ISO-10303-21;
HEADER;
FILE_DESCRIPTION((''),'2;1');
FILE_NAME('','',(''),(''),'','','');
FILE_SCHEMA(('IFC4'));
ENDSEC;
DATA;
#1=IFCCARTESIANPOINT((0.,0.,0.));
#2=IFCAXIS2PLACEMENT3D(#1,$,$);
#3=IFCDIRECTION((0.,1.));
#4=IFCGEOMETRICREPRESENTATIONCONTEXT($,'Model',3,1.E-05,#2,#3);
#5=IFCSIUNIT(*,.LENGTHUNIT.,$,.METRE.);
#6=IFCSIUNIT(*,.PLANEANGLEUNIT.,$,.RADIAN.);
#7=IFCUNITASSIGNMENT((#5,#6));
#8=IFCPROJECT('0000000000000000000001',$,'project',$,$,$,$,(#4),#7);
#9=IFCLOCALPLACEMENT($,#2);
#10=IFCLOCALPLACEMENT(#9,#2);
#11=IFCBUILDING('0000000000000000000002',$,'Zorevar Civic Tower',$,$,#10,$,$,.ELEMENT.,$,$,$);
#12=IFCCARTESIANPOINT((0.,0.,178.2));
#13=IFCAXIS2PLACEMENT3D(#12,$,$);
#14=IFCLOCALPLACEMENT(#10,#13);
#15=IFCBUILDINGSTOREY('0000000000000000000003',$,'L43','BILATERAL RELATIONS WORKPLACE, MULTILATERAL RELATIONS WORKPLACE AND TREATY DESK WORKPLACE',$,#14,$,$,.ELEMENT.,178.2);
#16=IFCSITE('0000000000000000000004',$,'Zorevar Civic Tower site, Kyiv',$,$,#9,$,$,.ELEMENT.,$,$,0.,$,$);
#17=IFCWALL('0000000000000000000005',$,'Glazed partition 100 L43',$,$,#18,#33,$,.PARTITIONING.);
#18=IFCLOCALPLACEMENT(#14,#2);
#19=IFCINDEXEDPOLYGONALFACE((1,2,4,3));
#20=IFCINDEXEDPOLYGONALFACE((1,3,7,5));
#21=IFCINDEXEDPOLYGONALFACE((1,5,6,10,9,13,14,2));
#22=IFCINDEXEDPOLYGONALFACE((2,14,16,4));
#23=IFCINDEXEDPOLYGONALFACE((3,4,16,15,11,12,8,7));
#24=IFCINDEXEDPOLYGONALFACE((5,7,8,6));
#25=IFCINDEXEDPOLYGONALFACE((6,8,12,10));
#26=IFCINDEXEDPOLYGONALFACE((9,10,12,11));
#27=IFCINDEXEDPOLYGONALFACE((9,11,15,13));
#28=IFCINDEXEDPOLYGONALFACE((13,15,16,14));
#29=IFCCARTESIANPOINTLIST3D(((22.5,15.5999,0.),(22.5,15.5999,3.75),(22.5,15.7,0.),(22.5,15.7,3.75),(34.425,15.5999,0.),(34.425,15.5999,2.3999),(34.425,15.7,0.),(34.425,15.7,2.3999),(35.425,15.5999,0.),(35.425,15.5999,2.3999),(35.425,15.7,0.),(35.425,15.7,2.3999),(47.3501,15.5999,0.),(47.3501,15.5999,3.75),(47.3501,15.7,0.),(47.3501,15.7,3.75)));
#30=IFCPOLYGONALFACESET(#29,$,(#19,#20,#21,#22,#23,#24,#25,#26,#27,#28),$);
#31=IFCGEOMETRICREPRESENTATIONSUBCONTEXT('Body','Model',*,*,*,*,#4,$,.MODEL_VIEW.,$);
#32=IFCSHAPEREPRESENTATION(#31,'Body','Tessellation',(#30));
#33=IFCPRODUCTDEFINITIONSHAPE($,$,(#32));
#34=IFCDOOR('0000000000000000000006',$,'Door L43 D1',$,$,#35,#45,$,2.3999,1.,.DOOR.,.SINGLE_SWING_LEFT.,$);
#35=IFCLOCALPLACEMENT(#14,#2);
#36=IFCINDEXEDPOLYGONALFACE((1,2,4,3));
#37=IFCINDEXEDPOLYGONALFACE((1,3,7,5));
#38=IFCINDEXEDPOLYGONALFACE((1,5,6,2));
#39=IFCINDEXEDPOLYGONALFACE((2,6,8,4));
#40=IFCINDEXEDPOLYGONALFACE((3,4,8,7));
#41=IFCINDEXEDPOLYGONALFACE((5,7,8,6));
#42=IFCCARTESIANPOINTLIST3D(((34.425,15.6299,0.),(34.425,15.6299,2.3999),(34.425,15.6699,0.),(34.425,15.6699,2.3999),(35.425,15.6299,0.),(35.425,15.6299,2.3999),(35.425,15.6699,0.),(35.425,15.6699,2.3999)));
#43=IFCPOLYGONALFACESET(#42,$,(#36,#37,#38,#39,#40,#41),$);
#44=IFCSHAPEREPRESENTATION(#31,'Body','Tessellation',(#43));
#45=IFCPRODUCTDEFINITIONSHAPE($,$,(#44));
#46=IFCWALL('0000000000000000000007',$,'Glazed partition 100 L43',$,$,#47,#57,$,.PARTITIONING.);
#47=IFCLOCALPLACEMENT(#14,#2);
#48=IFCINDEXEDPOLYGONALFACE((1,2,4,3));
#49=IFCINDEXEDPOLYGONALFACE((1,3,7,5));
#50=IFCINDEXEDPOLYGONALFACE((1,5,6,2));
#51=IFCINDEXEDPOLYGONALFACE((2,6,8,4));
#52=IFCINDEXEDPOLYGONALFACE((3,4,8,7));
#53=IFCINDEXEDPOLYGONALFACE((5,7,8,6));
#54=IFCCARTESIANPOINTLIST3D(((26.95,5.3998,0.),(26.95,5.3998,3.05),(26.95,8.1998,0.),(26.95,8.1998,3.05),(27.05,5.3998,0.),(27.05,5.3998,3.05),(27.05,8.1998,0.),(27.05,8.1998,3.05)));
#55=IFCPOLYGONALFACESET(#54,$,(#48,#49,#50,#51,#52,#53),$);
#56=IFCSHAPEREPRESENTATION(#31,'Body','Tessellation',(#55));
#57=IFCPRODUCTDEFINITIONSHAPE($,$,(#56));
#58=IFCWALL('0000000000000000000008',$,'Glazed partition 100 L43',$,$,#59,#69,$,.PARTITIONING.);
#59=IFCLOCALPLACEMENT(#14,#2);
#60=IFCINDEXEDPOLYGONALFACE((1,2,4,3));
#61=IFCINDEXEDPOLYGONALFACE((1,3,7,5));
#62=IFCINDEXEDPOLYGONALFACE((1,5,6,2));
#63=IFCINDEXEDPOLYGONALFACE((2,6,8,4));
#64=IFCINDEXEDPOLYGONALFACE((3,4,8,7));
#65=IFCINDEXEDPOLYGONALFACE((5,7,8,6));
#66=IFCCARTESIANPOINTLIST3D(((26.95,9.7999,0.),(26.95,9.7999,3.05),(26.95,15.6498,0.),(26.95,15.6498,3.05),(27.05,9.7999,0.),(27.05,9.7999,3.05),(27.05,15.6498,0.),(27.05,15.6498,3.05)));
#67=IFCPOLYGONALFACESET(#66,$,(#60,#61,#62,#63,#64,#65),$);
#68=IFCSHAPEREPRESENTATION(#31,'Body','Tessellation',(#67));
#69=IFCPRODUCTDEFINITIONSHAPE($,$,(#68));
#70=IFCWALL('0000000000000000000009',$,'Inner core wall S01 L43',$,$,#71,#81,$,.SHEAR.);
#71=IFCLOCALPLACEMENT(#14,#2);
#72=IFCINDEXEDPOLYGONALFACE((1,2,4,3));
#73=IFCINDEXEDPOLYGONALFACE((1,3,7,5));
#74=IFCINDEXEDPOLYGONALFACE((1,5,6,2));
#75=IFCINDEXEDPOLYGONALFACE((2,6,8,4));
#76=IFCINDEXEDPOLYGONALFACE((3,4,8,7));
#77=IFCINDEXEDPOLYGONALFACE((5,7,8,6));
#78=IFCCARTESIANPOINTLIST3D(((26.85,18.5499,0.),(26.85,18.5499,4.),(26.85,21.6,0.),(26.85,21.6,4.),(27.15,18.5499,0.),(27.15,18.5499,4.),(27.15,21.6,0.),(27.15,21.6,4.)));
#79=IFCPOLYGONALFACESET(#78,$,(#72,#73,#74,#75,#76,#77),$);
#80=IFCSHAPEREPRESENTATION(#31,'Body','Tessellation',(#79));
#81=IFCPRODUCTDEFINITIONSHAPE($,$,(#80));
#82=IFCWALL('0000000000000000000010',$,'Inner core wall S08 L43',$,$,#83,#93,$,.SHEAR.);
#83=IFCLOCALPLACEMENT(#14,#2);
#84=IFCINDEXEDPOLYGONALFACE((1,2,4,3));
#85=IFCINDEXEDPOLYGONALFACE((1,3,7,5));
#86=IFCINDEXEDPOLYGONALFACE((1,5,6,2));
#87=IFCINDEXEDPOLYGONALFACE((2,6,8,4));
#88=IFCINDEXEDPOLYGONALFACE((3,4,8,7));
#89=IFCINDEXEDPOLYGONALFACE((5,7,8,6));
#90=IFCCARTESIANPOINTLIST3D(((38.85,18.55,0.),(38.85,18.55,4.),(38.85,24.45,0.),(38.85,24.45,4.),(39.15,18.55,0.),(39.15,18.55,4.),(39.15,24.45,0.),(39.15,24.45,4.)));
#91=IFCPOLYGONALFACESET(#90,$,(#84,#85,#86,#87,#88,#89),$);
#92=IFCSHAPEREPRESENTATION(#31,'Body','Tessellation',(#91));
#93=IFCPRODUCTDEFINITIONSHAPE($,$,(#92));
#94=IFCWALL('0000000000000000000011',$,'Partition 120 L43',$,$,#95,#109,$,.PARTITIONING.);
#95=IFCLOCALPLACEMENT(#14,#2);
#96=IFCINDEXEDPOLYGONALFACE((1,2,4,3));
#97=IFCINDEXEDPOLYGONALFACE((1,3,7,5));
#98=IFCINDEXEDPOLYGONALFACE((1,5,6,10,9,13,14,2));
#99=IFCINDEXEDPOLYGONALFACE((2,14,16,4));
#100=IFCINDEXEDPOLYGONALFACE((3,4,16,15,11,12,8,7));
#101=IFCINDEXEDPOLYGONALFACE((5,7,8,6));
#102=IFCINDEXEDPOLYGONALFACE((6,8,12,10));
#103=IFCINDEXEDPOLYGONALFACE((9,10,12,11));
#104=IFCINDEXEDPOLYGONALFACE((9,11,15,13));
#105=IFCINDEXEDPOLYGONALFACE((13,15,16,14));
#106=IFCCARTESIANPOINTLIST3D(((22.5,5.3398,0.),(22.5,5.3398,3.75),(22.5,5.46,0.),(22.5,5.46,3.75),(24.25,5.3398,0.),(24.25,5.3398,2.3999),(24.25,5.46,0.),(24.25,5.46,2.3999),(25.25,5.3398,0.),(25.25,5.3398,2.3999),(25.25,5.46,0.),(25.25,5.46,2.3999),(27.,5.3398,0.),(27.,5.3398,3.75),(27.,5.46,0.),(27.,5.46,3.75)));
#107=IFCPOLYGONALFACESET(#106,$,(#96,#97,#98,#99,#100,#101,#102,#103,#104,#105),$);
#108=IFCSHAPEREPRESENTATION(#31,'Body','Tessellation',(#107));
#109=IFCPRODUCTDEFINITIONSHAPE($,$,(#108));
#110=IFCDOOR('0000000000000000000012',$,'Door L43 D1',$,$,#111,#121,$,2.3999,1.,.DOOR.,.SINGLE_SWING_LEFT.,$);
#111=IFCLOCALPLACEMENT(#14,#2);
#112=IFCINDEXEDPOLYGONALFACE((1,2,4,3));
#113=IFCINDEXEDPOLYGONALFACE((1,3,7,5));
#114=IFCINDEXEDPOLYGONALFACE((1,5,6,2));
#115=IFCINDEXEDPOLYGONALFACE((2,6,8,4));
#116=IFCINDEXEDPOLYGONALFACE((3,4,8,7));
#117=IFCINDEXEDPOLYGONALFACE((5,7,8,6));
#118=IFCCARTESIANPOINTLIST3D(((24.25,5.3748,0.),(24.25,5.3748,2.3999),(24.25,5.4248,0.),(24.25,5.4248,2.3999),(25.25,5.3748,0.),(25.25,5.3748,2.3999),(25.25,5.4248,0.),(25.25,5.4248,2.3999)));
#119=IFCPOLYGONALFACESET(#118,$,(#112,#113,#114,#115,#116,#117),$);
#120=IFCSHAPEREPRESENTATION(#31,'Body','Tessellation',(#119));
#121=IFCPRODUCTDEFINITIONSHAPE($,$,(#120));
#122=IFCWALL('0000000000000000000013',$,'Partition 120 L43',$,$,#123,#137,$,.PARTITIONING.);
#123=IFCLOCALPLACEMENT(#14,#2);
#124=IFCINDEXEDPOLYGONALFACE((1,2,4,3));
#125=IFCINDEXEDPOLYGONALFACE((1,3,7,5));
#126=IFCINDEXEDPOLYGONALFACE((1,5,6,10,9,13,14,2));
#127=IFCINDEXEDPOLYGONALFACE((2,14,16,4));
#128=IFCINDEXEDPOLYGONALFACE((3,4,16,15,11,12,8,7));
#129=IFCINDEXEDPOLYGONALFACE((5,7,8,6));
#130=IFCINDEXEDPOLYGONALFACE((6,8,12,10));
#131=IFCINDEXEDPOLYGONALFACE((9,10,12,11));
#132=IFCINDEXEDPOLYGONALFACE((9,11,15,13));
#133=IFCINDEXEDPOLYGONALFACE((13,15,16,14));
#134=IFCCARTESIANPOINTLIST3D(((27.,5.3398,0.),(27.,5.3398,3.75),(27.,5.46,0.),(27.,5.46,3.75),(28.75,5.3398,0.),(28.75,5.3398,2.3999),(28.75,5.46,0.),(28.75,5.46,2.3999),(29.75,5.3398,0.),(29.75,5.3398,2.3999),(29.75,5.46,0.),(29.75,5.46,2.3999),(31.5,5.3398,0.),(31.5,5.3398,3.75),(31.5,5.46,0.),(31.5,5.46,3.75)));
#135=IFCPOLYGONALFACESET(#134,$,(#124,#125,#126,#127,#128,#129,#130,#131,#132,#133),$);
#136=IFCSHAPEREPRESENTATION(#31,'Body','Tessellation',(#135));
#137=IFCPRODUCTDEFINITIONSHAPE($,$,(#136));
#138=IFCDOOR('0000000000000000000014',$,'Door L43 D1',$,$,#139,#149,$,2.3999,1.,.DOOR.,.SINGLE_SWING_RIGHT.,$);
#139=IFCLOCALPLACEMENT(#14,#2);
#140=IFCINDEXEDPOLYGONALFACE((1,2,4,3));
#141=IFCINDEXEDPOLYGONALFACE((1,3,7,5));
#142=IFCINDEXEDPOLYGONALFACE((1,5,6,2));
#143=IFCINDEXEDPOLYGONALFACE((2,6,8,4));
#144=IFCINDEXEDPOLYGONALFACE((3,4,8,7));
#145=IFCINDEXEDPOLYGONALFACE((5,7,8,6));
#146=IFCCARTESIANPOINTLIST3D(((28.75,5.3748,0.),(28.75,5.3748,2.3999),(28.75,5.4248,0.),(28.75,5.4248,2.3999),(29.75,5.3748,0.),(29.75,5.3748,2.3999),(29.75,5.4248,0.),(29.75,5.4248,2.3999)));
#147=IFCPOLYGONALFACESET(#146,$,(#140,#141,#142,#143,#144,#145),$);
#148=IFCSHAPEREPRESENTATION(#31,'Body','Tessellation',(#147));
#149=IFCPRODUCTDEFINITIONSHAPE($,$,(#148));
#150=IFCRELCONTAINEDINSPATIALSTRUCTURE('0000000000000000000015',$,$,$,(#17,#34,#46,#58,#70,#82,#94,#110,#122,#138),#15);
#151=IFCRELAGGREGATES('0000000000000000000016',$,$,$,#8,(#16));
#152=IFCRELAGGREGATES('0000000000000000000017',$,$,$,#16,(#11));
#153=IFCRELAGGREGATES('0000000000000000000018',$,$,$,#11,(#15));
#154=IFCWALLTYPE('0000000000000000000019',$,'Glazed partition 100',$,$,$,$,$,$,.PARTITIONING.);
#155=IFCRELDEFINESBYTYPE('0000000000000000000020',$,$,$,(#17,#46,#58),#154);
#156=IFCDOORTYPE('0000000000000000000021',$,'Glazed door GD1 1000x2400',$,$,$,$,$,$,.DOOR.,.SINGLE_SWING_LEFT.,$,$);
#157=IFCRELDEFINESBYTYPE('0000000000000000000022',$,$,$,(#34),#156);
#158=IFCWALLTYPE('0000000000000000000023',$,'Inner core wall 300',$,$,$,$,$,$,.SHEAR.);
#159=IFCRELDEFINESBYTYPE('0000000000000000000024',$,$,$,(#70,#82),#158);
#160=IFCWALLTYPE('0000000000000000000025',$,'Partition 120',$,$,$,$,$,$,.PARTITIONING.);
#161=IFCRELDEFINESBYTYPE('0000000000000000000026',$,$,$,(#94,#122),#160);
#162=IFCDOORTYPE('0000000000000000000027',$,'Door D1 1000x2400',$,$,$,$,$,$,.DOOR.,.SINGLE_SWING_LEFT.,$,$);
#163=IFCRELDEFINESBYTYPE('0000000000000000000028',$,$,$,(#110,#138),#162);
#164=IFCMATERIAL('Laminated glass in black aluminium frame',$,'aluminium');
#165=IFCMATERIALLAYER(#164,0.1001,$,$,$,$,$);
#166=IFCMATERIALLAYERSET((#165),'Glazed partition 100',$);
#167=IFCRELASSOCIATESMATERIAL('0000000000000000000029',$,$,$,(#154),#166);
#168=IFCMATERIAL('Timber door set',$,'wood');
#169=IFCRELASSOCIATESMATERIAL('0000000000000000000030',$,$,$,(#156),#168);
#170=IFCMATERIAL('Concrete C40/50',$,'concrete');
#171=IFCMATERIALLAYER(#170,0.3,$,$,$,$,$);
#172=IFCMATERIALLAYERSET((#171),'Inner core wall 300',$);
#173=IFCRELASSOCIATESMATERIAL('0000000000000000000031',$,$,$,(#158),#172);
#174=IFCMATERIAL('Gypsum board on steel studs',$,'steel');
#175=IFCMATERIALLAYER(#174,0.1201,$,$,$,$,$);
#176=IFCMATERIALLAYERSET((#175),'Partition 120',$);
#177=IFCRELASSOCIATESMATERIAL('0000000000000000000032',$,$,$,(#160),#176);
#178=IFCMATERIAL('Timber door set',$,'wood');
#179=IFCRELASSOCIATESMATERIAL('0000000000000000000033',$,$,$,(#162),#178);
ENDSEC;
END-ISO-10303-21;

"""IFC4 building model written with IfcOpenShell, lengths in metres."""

from ifc_helpers import new_model, si_unit, direction, frame, frame_2d, origin, place, context, subcontext, project, spatial, rectangle, extrude, material, layer, layer_set, type_object, element, fill, save


model = new_model("IFC4")

# Units and contexts
model_context = context("Model", 3, precision=1e-05, world=origin(), true_north=direction((0.0, 1.0)))
body_context = subcontext(model_context, "Body", "Model", "MODEL_VIEW")
ifc_project = project(units=[si_unit("LENGTHUNIT", "METRE"), si_unit("PLANEANGLEUNIT", "RADIAN")], contexts=[model_context])

# Site, building, storey
site_placement = place(None, origin())
site = spatial("IfcSite", under=ifc_project, at=site_placement, Name="Zorevar Civic Tower site, Kyiv", CompositionType="ELEMENT", RefElevation=0.0)
building_placement = place(site_placement, origin())
building = spatial("IfcBuilding", under=site, at=building_placement, Name="Zorevar Civic Tower", CompositionType="ELEMENT")
storey_placement = place(building_placement, frame((0.0, 0.0, 178.2)))
storey = spatial("IfcBuildingStorey", under=building, at=storey_placement, Name="L43", Description="BILATERAL RELATIONS WORKPLACE, MULTILATERAL RELATIONS WORKPLACE AND TREATY DESK WORKPLACE", CompositionType="ELEMENT", Elevation=178.2)

# Wall, opening, door
ifc_material_1 = material(Name="Laminated glass in black aluminium frame", Category="aluminium")
ifc_layer_1 = layer(ifc_material_1, 0.1001)
ifc_layer_set_1 = layer_set([ifc_layer_1], Name="Glazed partition 100")
wall_type_1 = type_object("IfcWallType", Name="Glazed partition 100", PredefinedType="PARTITIONING", material=ifc_layer_set_1)
wall_1_placement = place(storey_placement, frame((22.5, 15.6499, 0.0), z_axis=(0.0, 0.0, 1.0), x_axis=(1.0, 0.0, 0.0)))
wall_1 = element("IfcWall", 1, at=wall_1_placement, inside=storey, type_object=wall_type_1, Name="Glazed partition 100 L43", PredefinedType="PARTITIONING", context=body_context, shape_type="SweptSolid", body=[
    extrude(rectangle(XDim=24.8501, YDim=0.1001, at=frame_2d((12.425, 0.0))), origin(), (0.0, 0.0, 1.0), 3.75),
])
opening_1_placement = place(wall_1_placement, frame((11.925, 0.0, 0.0)))
opening_1 = element("IfcOpeningElement", 2, at=opening_1_placement, cuts=wall_1, PredefinedType="OPENING", context=body_context, shape_type="SweptSolid", body=[
    extrude(rectangle(XDim=1.0, YDim=2.3999, at=frame_2d((0.5, 1.2))), frame((0.0, 0.0601, 0.0), z_axis=(0.0, -1.0, 0.0), x_axis=(1.0, 0.0, 0.0)), (0.0, 0.0, 1.0), 0.1201),
])
ifc_material_2 = material(Name="Timber door set", Category="wood")
door_type_1 = type_object("IfcDoorType", Name="Glazed door GD1 1000x2400", OperationType="SINGLE_SWING_LEFT", PredefinedType="DOOR", material=ifc_material_2)
door_1_placement = place(opening_1_placement, origin())
door_1 = element("IfcDoor", 3, at=door_1_placement, inside=storey, type_object=door_type_1, Name="Door L43 D1", OperationType="SINGLE_SWING_LEFT", OverallHeight=2.3999, OverallWidth=1.0, PredefinedType="DOOR", context=body_context, shape_type="SweptSolid", body=[
    extrude(rectangle(XDim=1.0, YDim=2.3999, at=frame_2d((0.5, 1.2))), frame((0.0, 0.02, 0.0), z_axis=(0.0, -1.0, 0.0), x_axis=(1.0, 0.0, 0.0)), (0.0, 0.0, 1.0), 0.04),
])
fill(opening_1, door_1)

# Walls
wall_2_placement = place(storey_placement, frame((27.0, 5.3999, 0.0), z_axis=(0.0, 0.0, 1.0), x_axis=(0.0, 1.0, 0.0)))
element("IfcWall", 4, at=wall_2_placement, inside=storey, type_object=wall_type_1, Name="Glazed partition 100 L43", PredefinedType="PARTITIONING", context=body_context, shape_type="SweptSolid", body=[
    extrude(rectangle(XDim=2.8, YDim=0.1001, at=frame_2d((1.3999, 0.0))), origin(), (0.0, 0.0, 1.0), 3.05),
])
wall_3_placement = place(storey_placement, frame((27.0, 9.8, 0.0), z_axis=(0.0, 0.0, 1.0), x_axis=(0.0, 1.0, 0.0)))
element("IfcWall", 5, at=wall_3_placement, inside=storey, type_object=wall_type_1, Name="Glazed partition 100 L43", PredefinedType="PARTITIONING", context=body_context, shape_type="SweptSolid", body=[
    extrude(rectangle(XDim=5.8499, YDim=0.1001, at=frame_2d((2.9248, 0.0))), origin(), (0.0, 0.0, 1.0), 3.05),
])
ifc_material_3 = material(Name="Concrete C40/50", Category="concrete")
ifc_layer_2 = layer(ifc_material_3, 0.3)
ifc_layer_set_2 = layer_set([ifc_layer_2], Name="Inner core wall 300")
wall_type_2 = type_object("IfcWallType", Name="Inner core wall 300", PredefinedType="SHEAR", material=ifc_layer_set_2)
wall_4_placement = place(storey_placement, frame((27.0, 18.55, 0.0), z_axis=(0.0, 0.0, 1.0), x_axis=(0.0, 1.0, 0.0)))
element("IfcWall", 6, at=wall_4_placement, inside=storey, type_object=wall_type_2, Name="Inner core wall S01 L43", PredefinedType="SHEAR", context=body_context, shape_type="SweptSolid", body=[
    extrude(rectangle(XDim=3.05, YDim=0.3, at=frame_2d((1.5249, 0.0))), origin(), (0.0, 0.0, 1.0), 4.0),
])
wall_5_placement = place(storey_placement, frame((39.0, 18.55, 0.0), z_axis=(0.0, 0.0, 1.0), x_axis=(0.0, 1.0, 0.0)))
element("IfcWall", 7, at=wall_5_placement, inside=storey, type_object=wall_type_2, Name="Inner core wall S08 L43", PredefinedType="SHEAR", context=body_context, shape_type="SweptSolid", body=[
    extrude(rectangle(XDim=5.8999, YDim=0.3, at=frame_2d((2.95, 0.0))), origin(), (0.0, 0.0, 1.0), 4.0),
])

# Walls, openings, doors
ifc_material_4 = material(Name="Gypsum board on steel studs", Category="steel")
ifc_layer_3 = layer(ifc_material_4, 0.1201)
ifc_layer_set_3 = layer_set([ifc_layer_3], Name="Partition 120")
wall_type_3 = type_object("IfcWallType", Name="Partition 120", PredefinedType="PARTITIONING", material=ifc_layer_set_3)
wall_6_placement = place(storey_placement, frame((22.5, 5.3999, 0.0), z_axis=(0.0, 0.0, 1.0), x_axis=(1.0, 0.0, 0.0)))
wall_6 = element("IfcWall", 8, at=wall_6_placement, inside=storey, type_object=wall_type_3, Name="Partition 120 L43", PredefinedType="PARTITIONING", context=body_context, shape_type="SweptSolid", body=[
    extrude(rectangle(XDim=4.5, YDim=0.1201, at=frame_2d((2.25, 0.0))), origin(), (0.0, 0.0, 1.0), 3.75),
])
opening_2_placement = place(wall_6_placement, frame((1.75, 0.0, 0.0)))
opening_2 = element("IfcOpeningElement", 9, at=opening_2_placement, cuts=wall_6, PredefinedType="OPENING", context=body_context, shape_type="SweptSolid", body=[
    extrude(rectangle(XDim=1.0, YDim=2.3999, at=frame_2d((0.5, 1.2))), frame((0.0, 0.0701, 0.0), z_axis=(0.0, -1.0, 0.0), x_axis=(1.0, 0.0, 0.0)), (0.0, 0.0, 1.0), 0.1401),
])
ifc_material_5 = material(Name="Timber door set", Category="wood")
door_type_2 = type_object("IfcDoorType", Name="Door D1 1000x2400", OperationType="SINGLE_SWING_LEFT", PredefinedType="DOOR", material=ifc_material_5)
door_2_placement = place(opening_2_placement, origin())
door_2 = element("IfcDoor", 10, at=door_2_placement, inside=storey, type_object=door_type_2, Name="Door L43 D1", OperationType="SINGLE_SWING_LEFT", OverallHeight=2.3999, OverallWidth=1.0, PredefinedType="DOOR", context=body_context, shape_type="SweptSolid", body=[
    extrude(rectangle(XDim=1.0, YDim=2.3999, at=frame_2d((0.5, 1.2))), frame((0.0, 0.0249, 0.0), z_axis=(0.0, -1.0, 0.0), x_axis=(1.0, 0.0, 0.0)), (0.0, 0.0, 1.0), 0.05),
])
fill(opening_2, door_2)
wall_7_placement = place(storey_placement, frame((27.0, 5.3999, 0.0), z_axis=(0.0, 0.0, 1.0), x_axis=(1.0, 0.0, 0.0)))
wall_7 = element("IfcWall", 11, at=wall_7_placement, inside=storey, type_object=wall_type_3, Name="Partition 120 L43", PredefinedType="PARTITIONING", context=body_context, shape_type="SweptSolid", body=[
    extrude(rectangle(XDim=4.5, YDim=0.1201, at=frame_2d((2.25, 0.0))), origin(), (0.0, 0.0, 1.0), 3.75),
])
opening_3_placement = place(wall_7_placement, frame((1.75, 0.0, 0.0)))
opening_3 = element("IfcOpeningElement", 12, at=opening_3_placement, cuts=wall_7, PredefinedType="OPENING", context=body_context, shape_type="SweptSolid", body=[
    extrude(rectangle(XDim=1.0, YDim=2.3999, at=frame_2d((0.5, 1.2))), frame((0.0, 0.0701, 0.0), z_axis=(0.0, -1.0, 0.0), x_axis=(1.0, 0.0, 0.0)), (0.0, 0.0, 1.0), 0.1401),
])
door_3_placement = place(opening_3_placement, origin())
door_3 = element("IfcDoor", 13, at=door_3_placement, inside=storey, type_object=door_type_2, Name="Door L43 D1", OperationType="SINGLE_SWING_RIGHT", OverallHeight=2.3999, OverallWidth=1.0, PredefinedType="DOOR", context=body_context, shape_type="SweptSolid", body=[
    extrude(rectangle(XDim=1.0, YDim=2.3999, at=frame_2d((0.5, 1.2))), frame((0.0, 0.0249, 0.0), z_axis=(0.0, -1.0, 0.0), x_axis=(1.0, 0.0, 0.0)), (0.0, 0.0, 1.0), 0.05),
])
fill(opening_3, door_3)

save(model, "model.ifc")
